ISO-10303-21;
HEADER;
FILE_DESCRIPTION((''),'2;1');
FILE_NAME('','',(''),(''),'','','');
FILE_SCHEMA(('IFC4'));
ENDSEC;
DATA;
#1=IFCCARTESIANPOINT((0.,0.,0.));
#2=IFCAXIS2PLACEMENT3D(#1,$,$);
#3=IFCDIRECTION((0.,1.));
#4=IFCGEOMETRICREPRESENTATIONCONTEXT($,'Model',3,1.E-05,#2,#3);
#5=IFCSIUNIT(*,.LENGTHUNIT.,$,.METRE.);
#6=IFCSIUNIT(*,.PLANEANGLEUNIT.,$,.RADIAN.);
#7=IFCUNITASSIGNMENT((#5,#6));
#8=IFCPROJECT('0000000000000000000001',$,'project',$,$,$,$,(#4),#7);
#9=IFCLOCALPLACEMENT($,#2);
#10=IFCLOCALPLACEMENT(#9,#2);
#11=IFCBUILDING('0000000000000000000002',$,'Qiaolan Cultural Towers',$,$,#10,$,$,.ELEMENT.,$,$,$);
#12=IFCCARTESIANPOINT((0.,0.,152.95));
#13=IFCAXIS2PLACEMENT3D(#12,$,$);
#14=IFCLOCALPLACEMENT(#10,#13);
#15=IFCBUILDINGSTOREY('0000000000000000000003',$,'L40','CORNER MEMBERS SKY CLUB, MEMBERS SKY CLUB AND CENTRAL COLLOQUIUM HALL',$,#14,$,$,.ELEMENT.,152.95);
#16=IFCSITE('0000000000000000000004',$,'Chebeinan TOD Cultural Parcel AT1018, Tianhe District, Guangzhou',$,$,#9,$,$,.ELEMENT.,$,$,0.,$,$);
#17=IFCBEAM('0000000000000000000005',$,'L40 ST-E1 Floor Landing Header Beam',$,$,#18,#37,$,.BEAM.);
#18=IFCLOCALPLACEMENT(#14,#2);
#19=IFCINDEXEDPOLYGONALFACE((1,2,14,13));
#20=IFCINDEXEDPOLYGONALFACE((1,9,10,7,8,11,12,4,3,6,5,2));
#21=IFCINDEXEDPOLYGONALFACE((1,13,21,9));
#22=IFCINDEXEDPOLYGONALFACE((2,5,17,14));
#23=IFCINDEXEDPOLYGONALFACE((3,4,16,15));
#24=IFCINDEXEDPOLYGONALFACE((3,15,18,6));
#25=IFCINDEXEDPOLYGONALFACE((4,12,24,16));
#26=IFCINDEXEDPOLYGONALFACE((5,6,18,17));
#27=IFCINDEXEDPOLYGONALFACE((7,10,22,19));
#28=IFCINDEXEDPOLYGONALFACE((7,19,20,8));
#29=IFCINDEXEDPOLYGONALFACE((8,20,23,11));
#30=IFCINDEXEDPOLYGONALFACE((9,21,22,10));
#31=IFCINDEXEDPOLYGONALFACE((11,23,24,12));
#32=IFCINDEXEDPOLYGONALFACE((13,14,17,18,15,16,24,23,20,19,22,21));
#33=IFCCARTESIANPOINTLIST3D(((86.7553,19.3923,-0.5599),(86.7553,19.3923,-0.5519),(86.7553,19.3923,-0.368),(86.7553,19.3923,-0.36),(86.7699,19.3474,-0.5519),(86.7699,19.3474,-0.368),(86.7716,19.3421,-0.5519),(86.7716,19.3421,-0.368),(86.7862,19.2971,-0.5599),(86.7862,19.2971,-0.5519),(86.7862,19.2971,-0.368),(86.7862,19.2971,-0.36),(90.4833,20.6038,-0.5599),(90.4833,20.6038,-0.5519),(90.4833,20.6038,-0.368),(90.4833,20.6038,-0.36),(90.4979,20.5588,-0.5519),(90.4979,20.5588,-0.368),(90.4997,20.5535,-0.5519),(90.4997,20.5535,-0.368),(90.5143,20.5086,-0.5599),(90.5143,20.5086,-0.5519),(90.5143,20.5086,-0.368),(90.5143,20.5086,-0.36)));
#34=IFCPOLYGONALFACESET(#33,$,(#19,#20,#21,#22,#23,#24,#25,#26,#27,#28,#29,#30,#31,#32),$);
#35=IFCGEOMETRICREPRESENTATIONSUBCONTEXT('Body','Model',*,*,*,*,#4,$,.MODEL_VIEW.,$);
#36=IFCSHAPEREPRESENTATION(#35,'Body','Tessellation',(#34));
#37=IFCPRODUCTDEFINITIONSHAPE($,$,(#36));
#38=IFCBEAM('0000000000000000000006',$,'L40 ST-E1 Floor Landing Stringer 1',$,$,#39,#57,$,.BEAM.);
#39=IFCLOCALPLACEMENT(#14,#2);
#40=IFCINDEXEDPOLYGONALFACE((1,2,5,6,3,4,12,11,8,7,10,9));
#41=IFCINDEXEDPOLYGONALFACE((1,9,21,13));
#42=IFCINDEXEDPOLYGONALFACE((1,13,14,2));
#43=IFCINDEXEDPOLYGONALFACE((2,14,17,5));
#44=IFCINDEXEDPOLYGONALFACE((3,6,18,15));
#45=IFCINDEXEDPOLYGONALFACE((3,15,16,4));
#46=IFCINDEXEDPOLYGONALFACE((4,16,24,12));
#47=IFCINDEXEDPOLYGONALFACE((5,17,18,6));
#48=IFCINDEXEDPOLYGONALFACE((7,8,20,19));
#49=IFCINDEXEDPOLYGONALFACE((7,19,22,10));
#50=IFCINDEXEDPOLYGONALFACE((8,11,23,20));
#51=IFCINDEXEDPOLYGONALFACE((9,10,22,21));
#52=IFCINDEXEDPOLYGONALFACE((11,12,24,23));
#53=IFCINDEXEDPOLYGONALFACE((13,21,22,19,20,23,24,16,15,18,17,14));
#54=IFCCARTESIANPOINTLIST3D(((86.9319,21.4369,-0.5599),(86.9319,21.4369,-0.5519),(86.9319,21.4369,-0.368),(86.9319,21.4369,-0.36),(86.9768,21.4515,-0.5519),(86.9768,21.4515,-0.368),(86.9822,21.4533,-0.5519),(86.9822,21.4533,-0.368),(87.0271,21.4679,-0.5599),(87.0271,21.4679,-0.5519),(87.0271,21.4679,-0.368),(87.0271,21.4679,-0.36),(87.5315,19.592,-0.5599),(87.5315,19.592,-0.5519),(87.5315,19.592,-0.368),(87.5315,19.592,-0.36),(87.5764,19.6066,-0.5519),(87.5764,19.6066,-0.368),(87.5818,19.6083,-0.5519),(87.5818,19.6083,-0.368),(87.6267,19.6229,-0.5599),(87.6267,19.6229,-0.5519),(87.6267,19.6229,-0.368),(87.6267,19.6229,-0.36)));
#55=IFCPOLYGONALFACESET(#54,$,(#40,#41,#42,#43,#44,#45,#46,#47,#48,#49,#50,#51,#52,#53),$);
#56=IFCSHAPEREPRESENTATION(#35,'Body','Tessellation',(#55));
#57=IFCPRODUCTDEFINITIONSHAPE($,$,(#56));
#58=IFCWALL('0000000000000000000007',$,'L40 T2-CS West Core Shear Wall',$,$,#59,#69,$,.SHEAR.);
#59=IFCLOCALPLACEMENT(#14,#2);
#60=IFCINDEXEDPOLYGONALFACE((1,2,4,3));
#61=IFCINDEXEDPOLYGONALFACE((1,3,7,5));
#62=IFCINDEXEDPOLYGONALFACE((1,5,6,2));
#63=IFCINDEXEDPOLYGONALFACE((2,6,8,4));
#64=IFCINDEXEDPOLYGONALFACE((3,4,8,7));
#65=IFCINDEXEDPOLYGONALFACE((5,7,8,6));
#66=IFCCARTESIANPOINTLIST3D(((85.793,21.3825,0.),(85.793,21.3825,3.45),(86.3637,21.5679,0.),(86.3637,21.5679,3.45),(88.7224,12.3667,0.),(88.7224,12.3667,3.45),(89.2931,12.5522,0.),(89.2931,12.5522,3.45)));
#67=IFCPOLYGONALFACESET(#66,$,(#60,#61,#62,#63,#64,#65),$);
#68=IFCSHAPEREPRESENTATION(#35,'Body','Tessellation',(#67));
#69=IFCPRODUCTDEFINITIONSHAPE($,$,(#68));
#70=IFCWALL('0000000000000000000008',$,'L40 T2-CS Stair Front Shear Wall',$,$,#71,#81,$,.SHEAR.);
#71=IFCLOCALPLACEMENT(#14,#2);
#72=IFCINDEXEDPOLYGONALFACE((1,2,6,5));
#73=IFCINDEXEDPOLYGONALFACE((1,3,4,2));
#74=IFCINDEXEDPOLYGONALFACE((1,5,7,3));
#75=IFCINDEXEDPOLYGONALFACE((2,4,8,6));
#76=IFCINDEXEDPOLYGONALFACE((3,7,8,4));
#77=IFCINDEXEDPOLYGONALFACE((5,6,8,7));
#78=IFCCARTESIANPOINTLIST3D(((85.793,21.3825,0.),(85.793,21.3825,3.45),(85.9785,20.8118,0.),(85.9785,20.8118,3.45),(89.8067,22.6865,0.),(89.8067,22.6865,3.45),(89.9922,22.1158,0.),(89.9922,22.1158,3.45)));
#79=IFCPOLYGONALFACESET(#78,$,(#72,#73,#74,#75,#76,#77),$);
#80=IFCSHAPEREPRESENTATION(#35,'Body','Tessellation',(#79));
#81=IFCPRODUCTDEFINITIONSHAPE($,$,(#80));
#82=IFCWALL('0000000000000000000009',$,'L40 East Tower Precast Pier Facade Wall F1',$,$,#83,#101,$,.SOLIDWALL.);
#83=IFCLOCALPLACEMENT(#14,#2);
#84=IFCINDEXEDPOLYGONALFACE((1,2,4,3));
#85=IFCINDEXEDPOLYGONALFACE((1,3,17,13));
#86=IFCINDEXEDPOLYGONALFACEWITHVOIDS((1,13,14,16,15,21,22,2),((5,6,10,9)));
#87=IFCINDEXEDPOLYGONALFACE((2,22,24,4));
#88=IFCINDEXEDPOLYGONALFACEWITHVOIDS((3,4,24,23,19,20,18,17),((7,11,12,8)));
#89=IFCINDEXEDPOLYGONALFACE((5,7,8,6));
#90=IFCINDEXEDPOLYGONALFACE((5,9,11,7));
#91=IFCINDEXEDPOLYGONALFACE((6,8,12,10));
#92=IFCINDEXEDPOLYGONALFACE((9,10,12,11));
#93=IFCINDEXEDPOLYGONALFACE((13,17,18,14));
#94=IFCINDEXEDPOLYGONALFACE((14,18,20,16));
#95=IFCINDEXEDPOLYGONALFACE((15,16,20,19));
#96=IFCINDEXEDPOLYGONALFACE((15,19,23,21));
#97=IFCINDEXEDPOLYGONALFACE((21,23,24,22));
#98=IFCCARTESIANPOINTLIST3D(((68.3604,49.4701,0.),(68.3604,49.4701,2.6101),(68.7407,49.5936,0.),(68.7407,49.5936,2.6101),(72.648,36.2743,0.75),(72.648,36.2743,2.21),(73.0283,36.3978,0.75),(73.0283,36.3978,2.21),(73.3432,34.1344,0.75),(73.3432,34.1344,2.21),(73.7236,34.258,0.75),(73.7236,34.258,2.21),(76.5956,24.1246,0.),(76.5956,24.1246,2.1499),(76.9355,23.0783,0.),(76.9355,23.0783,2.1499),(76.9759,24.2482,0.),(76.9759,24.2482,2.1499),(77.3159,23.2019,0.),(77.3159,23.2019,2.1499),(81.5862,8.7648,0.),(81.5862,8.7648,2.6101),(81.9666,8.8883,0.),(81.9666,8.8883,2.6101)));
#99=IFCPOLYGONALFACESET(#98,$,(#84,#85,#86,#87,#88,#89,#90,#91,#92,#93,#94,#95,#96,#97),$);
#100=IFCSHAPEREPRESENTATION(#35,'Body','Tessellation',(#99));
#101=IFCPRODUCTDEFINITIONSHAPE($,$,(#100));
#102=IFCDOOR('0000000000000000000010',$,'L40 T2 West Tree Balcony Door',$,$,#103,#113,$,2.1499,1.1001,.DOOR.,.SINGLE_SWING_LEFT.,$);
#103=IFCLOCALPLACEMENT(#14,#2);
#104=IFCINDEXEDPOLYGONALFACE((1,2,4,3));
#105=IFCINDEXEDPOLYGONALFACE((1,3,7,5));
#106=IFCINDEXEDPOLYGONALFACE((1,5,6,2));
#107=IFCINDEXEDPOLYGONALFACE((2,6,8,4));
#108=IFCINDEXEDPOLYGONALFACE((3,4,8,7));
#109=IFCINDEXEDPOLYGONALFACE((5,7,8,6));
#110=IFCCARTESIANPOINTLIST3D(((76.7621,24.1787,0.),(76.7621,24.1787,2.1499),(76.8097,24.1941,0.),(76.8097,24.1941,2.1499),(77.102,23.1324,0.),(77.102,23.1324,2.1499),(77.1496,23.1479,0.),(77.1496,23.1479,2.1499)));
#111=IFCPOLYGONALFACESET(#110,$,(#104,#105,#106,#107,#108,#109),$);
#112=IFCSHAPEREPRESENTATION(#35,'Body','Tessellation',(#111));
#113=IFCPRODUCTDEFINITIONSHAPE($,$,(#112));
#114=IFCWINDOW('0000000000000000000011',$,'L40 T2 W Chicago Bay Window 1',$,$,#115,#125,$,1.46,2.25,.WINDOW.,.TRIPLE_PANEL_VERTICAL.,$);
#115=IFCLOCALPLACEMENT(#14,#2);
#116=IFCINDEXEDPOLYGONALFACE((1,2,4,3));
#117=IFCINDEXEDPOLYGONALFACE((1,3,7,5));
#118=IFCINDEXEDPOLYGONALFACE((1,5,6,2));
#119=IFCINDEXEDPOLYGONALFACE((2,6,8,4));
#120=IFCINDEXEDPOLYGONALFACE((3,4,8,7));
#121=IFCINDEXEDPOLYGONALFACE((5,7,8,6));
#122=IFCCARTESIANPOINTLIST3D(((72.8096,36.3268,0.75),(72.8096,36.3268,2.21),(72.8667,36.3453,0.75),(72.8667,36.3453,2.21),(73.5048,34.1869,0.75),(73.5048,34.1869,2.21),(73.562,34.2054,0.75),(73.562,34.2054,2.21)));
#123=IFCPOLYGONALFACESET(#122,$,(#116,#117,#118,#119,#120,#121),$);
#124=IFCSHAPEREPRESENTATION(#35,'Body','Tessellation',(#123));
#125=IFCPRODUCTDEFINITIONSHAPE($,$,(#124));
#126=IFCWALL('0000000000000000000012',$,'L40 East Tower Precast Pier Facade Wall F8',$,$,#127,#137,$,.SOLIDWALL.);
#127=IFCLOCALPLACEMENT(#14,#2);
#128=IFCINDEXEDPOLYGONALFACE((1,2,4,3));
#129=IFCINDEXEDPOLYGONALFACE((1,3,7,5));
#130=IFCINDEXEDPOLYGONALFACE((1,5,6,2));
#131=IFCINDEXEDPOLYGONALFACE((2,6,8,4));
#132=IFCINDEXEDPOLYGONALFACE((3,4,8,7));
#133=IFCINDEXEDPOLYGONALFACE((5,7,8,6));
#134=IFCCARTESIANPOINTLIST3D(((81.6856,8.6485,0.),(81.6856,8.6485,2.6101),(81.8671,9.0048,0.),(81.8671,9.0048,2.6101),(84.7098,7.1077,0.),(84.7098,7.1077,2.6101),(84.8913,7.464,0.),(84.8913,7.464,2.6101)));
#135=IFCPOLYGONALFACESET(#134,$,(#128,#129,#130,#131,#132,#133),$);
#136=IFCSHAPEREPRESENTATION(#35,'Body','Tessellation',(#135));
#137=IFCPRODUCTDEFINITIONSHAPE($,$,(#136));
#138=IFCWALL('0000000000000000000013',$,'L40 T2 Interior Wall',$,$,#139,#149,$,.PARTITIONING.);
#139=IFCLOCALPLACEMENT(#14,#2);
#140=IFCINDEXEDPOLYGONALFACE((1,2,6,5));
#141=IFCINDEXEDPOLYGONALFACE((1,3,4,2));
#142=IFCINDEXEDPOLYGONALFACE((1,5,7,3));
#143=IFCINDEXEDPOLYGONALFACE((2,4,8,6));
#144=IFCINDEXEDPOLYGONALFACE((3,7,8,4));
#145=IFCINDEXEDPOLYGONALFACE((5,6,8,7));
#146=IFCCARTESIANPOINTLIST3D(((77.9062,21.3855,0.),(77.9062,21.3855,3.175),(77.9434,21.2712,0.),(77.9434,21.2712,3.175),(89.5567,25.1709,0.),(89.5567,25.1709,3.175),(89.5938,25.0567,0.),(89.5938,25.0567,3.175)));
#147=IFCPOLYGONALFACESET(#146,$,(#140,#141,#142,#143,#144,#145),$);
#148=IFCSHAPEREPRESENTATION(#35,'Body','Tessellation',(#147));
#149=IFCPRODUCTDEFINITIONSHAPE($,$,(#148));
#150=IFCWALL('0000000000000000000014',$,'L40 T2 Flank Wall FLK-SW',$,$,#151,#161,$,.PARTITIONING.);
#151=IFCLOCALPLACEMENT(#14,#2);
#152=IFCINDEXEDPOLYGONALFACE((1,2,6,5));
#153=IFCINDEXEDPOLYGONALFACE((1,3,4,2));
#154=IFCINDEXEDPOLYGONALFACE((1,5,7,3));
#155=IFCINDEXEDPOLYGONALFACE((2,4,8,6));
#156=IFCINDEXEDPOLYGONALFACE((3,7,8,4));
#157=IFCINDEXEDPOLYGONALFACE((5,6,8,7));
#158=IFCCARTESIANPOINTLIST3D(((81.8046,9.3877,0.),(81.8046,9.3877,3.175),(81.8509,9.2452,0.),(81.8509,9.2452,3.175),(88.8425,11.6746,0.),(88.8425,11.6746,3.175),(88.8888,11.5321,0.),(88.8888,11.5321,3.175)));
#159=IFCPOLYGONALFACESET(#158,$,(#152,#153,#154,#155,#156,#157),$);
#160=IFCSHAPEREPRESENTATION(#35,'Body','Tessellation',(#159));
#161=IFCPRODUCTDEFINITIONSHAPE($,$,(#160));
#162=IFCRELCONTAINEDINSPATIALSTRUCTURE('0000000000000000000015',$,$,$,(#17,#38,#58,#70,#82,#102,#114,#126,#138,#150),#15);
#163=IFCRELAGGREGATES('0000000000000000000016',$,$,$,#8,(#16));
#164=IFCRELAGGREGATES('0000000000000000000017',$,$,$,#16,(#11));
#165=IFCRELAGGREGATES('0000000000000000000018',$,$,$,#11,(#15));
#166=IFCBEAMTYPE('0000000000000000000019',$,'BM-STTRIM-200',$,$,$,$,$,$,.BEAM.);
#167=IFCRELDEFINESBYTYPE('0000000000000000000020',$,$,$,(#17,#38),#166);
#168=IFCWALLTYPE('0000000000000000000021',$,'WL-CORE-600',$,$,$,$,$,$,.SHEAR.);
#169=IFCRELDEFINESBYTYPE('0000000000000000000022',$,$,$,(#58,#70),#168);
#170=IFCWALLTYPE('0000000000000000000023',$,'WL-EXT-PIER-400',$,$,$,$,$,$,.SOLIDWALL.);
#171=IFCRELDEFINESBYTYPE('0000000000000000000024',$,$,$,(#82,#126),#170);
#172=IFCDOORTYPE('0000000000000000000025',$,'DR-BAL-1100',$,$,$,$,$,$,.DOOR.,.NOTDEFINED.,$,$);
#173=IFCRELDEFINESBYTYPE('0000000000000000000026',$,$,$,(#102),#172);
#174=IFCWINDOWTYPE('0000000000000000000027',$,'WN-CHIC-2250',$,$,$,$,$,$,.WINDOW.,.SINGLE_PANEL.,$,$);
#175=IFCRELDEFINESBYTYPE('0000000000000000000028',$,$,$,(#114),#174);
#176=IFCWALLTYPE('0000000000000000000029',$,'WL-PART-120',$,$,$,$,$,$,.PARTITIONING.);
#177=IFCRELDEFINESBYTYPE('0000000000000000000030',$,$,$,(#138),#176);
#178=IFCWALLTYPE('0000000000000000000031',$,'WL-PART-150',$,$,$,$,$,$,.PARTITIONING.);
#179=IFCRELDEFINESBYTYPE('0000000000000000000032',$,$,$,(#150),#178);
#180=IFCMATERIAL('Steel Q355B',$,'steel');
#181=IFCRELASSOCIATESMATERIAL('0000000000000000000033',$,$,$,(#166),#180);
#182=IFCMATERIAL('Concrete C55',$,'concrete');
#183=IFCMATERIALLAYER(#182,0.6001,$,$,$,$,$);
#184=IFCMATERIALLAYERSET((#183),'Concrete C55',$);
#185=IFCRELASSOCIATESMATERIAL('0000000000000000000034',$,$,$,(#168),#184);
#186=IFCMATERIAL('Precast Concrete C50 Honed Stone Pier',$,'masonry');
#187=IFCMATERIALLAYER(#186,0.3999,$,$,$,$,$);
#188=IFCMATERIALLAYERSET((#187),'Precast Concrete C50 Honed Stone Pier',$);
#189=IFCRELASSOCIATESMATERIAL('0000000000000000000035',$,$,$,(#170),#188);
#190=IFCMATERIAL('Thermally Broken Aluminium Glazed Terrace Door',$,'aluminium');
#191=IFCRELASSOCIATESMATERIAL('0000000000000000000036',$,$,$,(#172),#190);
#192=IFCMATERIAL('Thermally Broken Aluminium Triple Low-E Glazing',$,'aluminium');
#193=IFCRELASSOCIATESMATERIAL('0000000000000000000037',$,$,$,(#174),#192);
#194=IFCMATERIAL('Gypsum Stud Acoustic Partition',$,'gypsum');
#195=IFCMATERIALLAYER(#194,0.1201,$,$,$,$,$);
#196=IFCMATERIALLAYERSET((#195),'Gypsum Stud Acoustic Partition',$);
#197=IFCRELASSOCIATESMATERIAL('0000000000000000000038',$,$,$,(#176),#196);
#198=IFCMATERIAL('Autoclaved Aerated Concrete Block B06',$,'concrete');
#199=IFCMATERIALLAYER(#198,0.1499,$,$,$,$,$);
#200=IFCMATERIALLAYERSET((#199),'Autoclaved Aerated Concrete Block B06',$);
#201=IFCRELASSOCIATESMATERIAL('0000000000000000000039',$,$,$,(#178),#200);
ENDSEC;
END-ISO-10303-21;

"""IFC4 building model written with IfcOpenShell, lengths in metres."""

from ifc_helpers import new_model, si_unit, direction, frame, frame_2d, origin, origin_2d, place, context, subcontext, project, spatial, rectangle, i_section, extrude, material, layer, layer_set, material_profile, profile_set, type_object, element, fill, save


model = new_model("IFC4")

# Units and contexts
model_context = context("Model", 3, precision=1e-05, world=origin(), true_north=direction((0.0, 1.0)))
body_context = subcontext(model_context, "Body", "Model", "MODEL_VIEW")
ifc_project = project(units=[si_unit("LENGTHUNIT", "METRE"), si_unit("PLANEANGLEUNIT", "RADIAN")], contexts=[model_context])

# Site, building, storey
site_placement = place(None, origin())
site = spatial("IfcSite", under=ifc_project, at=site_placement, Name="Chebeinan TOD Cultural Parcel AT1018, Tianhe District, Guangzhou", CompositionType="ELEMENT", RefElevation=0.0)
building_placement = place(site_placement, origin())
building = spatial("IfcBuilding", under=site, at=building_placement, Name="Qiaolan Cultural Towers", CompositionType="ELEMENT")
storey_placement = place(building_placement, frame((0.0, 0.0, 152.95)))
storey = spatial("IfcBuildingStorey", under=building, at=storey_placement, Name="L40", Description="CORNER MEMBERS SKY CLUB, MEMBERS SKY CLUB AND CENTRAL COLLOQUIUM HALL", CompositionType="ELEMENT", Elevation=152.95)

# Beams
ifc_material_1 = material(Name="Steel Q355B", Category="steel")
ifc_material_profile_1 = material_profile(ifc_material_1, i_section(OverallWidth=0.1001, OverallDepth=0.2, WebThickness=0.0056, FlangeThickness=0.0081, at=origin_2d()), Name="HN200x100x5.5x8")
ifc_profile_set_1 = profile_set([ifc_material_profile_1], Name="Steel Q355B")
beam_type_1 = type_object("IfcBeamType", Name="BM-STTRIM-200", PredefinedType="BEAM", material=ifc_profile_set_1)
beam_1_placement = place(storey_placement, frame((86.7708, 19.3447, -0.46), z_axis=(0.951048, 0.309044, 0.0), x_axis=(-0.309044, 0.951048, 0.0)))
element("IfcBeam", 1, at=beam_1_placement, inside=storey, type_object=beam_type_1, Name="L40 ST-E1 Floor Landing Header Beam", PredefinedType="BEAM", context=body_context, shape_type="SweptSolid", body=[
    extrude(i_section(OverallWidth=0.1001, OverallDepth=0.2, WebThickness=0.0056, FlangeThickness=0.0081, at=origin_2d()), origin(), (0.0, 0.0, 1.0), 3.9199),
])
beam_2_placement = place(storey_placement, frame((86.9795, 21.4524, -0.46), z_axis=(0.309083, -0.951035, 0.0), x_axis=(0.951035, 0.309083, 0.0)))
element("IfcBeam", 2, at=beam_2_placement, inside=storey, type_object=beam_type_1, Name="L40 ST-E1 Floor Landing Stringer 1", PredefinedType="BEAM", context=body_context, shape_type="SweptSolid", body=[
    extrude(i_section(OverallWidth=0.1001, OverallDepth=0.2, WebThickness=0.0056, FlangeThickness=0.0081, at=origin_2d()), origin(), (0.0, 0.0, 1.0), 1.9399),
])

# Walls
ifc_material_2 = material(Name="Concrete C55", Category="concrete")
ifc_layer_1 = layer(ifc_material_2, 0.6001)
ifc_layer_set_1 = layer_set([ifc_layer_1], Name="Concrete C55")
wall_type_1 = type_object("IfcWallType", Name="WL-CORE-600", PredefinedType="SHEAR", material=ifc_layer_set_1)
wall_1_placement = place(storey_placement, frame((86.0784, 21.4751, 0.0), z_axis=(0.0, 0.0, 1.0), x_axis=(0.309018, -0.951056, 0.0)))
element("IfcWall", 3, at=wall_1_placement, inside=storey, type_object=wall_type_1, Name="L40 T2-CS West Core Shear Wall", PredefinedType="SHEAR", context=body_context, shape_type="SweptSolid", body=[
    extrude(rectangle(XDim=9.4797, YDim=0.6001, at=frame_2d((4.7397, 0.0))), origin(), (0.0, 0.0, 1.0), 3.45),
])
wall_2_placement = place(storey_placement, frame((85.8857, 21.0972, 0.0), z_axis=(0.0, 0.0, 1.0), x_axis=(0.951068, 0.308981, 0.0)))
element("IfcWall", 4, at=wall_2_placement, inside=storey, type_object=wall_type_1, Name="L40 T2-CS Stair Front Shear Wall", PredefinedType="SHEAR", context=body_context, shape_type="SweptSolid", body=[
    extrude(rectangle(XDim=4.2202, YDim=0.6001, at=frame_2d((2.1101, 0.0))), origin(), (0.0, 0.0, 1.0), 3.45),
])

# Wall, openings, door, window
ifc_material_3 = material(Name="Precast Concrete C50 Honed Stone Pier", Category="masonry")
ifc_layer_2 = layer(ifc_material_3, 0.3999)
ifc_layer_set_2 = layer_set([ifc_layer_2], Name="Precast Concrete C50 Honed Stone Pier")
wall_type_2 = type_object("IfcWallType", Name="WL-EXT-PIER-400", PredefinedType="SOLIDWALL", material=ifc_layer_set_2)
wall_3_placement = place(storey_placement, frame((81.7764, 8.8267, 0.0), z_axis=(0.0, 0.0, 1.0), x_axis=(-0.309014, 0.951057, 0.0)))
wall_3 = element("IfcWall", 5, at=wall_3_placement, inside=storey, type_object=wall_type_2, Name="L40 East Tower Precast Pier Facade Wall F1", PredefinedType="SOLIDWALL", context=body_context, shape_type="SweptSolid", body=[
    extrude(rectangle(XDim=42.8, YDim=0.3999, at=frame_2d((21.3999, 0.0))), origin(), (0.0, 0.0, 1.0), 2.6101),
])
opening_1_placement = place(wall_3_placement, frame((26.675, 0.0, 0.75)))
opening_1 = element("IfcOpeningElement", 6, at=opening_1_placement, cuts=wall_3, PredefinedType="OPENING", context=body_context, shape_type="SweptSolid", body=[
    extrude(rectangle(XDim=2.25, YDim=1.46, at=frame_2d((1.125, 0.73))), frame((0.0, 0.21, 0.0), z_axis=(0.0, -1.0, 0.0), x_axis=(1.0, 0.0, 0.0)), (0.0, 0.0, 1.0), 0.4199),
])
opening_2_placement = place(wall_3_placement, frame((15.05, 0.0, 0.0)))
opening_2 = element("IfcOpeningElement", 7, at=opening_2_placement, cuts=wall_3, PredefinedType="OPENING", context=body_context, shape_type="SweptSolid", body=[
    extrude(rectangle(XDim=1.1001, YDim=2.1499, at=frame_2d((0.55, 1.075))), frame((0.0, 0.21, 0.0), z_axis=(0.0, -1.0, 0.0), x_axis=(1.0, 0.0, 0.0)), (0.0, 0.0, 1.0), 0.4199),
])
ifc_material_4 = material(Name="Thermally Broken Aluminium Glazed Terrace Door", Category="aluminium")
door_type_1 = type_object("IfcDoorType", Name="DR-BAL-1100", OperationType="NOTDEFINED", PredefinedType="DOOR", material=ifc_material_4)
door_1_placement = place(opening_2_placement, origin())
door_1 = element("IfcDoor", 8, at=door_1_placement, inside=storey, type_object=door_type_1, Name="L40 T2 West Tree Balcony Door", OperationType="SINGLE_SWING_LEFT", OverallHeight=2.1499, OverallWidth=1.1001, PredefinedType="DOOR", context=body_context, shape_type="SweptSolid", body=[
    extrude(rectangle(XDim=1.1001, YDim=2.1499, at=frame_2d((0.55, 1.075))), frame((0.0, 0.0249, 0.0), z_axis=(0.0, -1.0, 0.0), x_axis=(1.0, 0.0, 0.0)), (0.0, 0.0, 1.0), 0.05),
])
fill(opening_2, door_1)
ifc_material_5 = material(Name="Thermally Broken Aluminium Triple Low-E Glazing", Category="aluminium")
window_type = type_object("IfcWindowType", Name="WN-CHIC-2250", PartitioningType="SINGLE_PANEL", PredefinedType="WINDOW", material=ifc_material_5)
window_placement = place(opening_1_placement, origin())
window = element("IfcWindow", 9, at=window_placement, inside=storey, type_object=window_type, Name="L40 T2 W Chicago Bay Window 1", OverallHeight=1.46, OverallWidth=2.25, PartitioningType="TRIPLE_PANEL_VERTICAL", PredefinedType="WINDOW", context=body_context, shape_type="SweptSolid", body=[
    extrude(rectangle(XDim=2.25, YDim=1.46, at=frame_2d((1.125, 0.73))), frame((0.0, 0.03, 0.0), z_axis=(0.0, -1.0, 0.0), x_axis=(1.0, 0.0, 0.0)), (0.0, 0.0, 1.0), 0.0601),
])
fill(opening_1, window)

# Walls
wall_4_placement = place(storey_placement, frame((84.8005, 7.2859, 0.0), z_axis=(0.0, 0.0, 1.0), x_axis=(-0.891021, 0.453962, 0.0)))
element("IfcWall", 10, at=wall_4_placement, inside=storey, type_object=wall_type_2, Name="L40 East Tower Precast Pier Facade Wall F8", PredefinedType="SOLIDWALL", context=body_context, shape_type="SweptSolid", body=[
    extrude(rectangle(XDim=3.394, YDim=0.3999, at=frame_2d((1.697, 0.0))), origin(), (0.0, 0.0, 1.0), 2.6101),
])
ifc_material_6 = material(Name="Gypsum Stud Acoustic Partition", Category="gypsum")
ifc_layer_3 = layer(ifc_material_6, 0.1201)
ifc_layer_set_3 = layer_set([ifc_layer_3], Name="Gypsum Stud Acoustic Partition")
wall_type_3 = type_object("IfcWallType", Name="WL-PART-120", PredefinedType="PARTITIONING", material=ifc_layer_set_3)
wall_5_placement = place(storey_placement, frame((77.9248, 21.3284, 0.0), z_axis=(0.0, 0.0, 1.0), x_axis=(0.951057, 0.309014, 0.0)))
element("IfcWall", 11, at=wall_5_placement, inside=storey, type_object=wall_type_3, Name="L40 T2 Interior Wall", PredefinedType="PARTITIONING", context=body_context, shape_type="SweptSolid", body=[
    extrude(rectangle(XDim=12.25, YDim=0.1201, at=frame_2d((6.125, 0.0))), origin(), (0.0, 0.0, 1.0), 3.175),
])
ifc_material_7 = material(Name="Autoclaved Aerated Concrete Block B06", Category="concrete")
ifc_layer_4 = layer(ifc_material_7, 0.1499)
ifc_layer_set_4 = layer_set([ifc_layer_4], Name="Autoclaved Aerated Concrete Block B06")
wall_type_4 = type_object("IfcWallType", Name="WL-PART-150", PredefinedType="PARTITIONING", material=ifc_layer_set_4)
wall_6_placement = place(storey_placement, frame((81.8276, 9.3164, 0.0), z_axis=(0.0, 0.0, 1.0), x_axis=(0.951051, 0.309033, 0.0)))
element("IfcWall", 12, at=wall_6_placement, inside=storey, type_object=wall_type_4, Name="L40 T2 Flank Wall FLK-SW", PredefinedType="PARTITIONING", context=body_context, shape_type="SweptSolid", body=[
    extrude(rectangle(XDim=7.4001, YDim=0.1499, at=frame_2d((3.7002, 0.0))), origin(), (0.0, 0.0, 1.0), 3.175),
])

save(model, "model.ifc")
